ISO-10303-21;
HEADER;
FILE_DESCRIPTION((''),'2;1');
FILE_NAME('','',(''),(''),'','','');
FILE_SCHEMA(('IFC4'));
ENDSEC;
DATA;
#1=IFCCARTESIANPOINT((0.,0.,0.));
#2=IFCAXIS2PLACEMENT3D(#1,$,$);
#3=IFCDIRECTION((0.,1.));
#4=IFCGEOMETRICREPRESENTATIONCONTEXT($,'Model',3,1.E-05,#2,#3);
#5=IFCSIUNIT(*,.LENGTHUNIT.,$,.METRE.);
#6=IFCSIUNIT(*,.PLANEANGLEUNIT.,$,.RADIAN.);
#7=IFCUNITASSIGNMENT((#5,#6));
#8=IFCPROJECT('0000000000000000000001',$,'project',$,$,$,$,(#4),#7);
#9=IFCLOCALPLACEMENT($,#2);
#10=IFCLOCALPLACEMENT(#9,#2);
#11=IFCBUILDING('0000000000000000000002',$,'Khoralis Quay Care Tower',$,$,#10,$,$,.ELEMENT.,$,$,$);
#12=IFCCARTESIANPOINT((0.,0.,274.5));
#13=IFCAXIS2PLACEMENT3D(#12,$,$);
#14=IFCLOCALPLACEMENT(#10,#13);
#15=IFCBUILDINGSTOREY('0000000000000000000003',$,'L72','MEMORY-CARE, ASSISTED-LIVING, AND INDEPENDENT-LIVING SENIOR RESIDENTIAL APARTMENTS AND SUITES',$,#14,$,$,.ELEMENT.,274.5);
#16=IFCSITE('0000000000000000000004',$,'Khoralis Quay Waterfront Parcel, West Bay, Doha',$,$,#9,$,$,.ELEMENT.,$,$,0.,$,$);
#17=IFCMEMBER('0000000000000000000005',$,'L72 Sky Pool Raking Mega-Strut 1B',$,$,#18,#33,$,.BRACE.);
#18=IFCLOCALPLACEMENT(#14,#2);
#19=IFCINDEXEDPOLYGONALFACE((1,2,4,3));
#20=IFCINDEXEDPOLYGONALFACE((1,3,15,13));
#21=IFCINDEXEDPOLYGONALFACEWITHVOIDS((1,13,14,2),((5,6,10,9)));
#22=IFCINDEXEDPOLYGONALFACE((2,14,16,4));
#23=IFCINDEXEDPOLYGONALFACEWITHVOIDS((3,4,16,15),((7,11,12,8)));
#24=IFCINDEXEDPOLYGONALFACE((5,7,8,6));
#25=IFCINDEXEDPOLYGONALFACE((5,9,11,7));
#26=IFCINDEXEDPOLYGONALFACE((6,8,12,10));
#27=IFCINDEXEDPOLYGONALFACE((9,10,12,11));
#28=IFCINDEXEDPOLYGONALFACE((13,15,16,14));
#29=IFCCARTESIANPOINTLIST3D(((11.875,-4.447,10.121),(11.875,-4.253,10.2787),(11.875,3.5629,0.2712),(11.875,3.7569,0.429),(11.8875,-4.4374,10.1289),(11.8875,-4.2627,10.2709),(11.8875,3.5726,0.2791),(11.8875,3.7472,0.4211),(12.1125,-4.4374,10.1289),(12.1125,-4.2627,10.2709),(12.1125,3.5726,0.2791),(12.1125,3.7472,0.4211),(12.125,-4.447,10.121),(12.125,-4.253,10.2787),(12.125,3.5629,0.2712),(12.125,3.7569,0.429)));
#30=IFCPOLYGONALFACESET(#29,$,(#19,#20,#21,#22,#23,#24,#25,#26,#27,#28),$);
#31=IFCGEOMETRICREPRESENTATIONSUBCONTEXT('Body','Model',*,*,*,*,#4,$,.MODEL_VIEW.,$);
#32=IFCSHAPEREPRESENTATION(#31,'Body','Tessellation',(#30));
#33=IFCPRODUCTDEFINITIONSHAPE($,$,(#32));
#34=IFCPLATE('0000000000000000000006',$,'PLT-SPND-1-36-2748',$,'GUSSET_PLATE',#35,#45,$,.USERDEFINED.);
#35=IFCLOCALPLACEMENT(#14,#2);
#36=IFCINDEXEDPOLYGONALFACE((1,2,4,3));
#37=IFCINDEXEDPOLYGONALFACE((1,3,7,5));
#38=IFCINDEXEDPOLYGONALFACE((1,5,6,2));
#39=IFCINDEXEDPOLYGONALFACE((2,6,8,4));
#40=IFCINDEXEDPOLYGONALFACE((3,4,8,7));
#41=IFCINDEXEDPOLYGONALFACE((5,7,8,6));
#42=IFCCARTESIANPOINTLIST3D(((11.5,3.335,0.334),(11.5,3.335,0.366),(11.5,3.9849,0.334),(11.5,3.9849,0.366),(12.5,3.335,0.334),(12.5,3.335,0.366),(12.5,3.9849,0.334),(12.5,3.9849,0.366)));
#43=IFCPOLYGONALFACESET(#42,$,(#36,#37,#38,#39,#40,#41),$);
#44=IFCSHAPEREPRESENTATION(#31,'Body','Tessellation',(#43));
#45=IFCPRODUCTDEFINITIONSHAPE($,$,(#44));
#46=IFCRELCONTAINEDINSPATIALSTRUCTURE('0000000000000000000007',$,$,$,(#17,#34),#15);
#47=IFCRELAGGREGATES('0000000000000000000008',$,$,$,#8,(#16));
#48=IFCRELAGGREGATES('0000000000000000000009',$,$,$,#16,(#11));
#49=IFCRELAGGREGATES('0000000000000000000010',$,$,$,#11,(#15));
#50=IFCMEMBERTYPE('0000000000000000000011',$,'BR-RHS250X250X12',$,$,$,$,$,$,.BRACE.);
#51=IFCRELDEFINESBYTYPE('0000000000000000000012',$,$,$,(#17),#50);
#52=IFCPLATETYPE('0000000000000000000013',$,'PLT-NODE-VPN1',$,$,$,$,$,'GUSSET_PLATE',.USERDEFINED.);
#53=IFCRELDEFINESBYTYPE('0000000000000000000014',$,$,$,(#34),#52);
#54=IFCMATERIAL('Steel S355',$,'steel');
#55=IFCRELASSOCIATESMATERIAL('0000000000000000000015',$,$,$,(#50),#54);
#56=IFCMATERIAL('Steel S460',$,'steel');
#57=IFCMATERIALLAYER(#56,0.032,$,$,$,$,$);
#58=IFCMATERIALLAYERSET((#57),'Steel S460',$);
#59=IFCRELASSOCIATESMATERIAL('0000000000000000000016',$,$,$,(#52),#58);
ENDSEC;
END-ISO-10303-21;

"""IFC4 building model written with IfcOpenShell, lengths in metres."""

from ifc_helpers import new_model, si_unit, direction, frame, origin, origin_2d, place, context, subcontext, project, spatial, rectangle, hollow_rectangle, extrude, source, transform, mapped, material, layer, layer_set, material_profile, profile_set, type_object, element, save


model = new_model("IFC4")

# Units and contexts
model_context = context("Model", 3, precision=1e-05, world=origin(), true_north=direction((0.0, 1.0)))
body_context = subcontext(model_context, "Body", "Model", "MODEL_VIEW")
ifc_project = project(units=[si_unit("LENGTHUNIT", "METRE"), si_unit("PLANEANGLEUNIT", "RADIAN")], contexts=[model_context])

# Site, building, storey
site_placement = place(None, origin())
site = spatial("IfcSite", under=ifc_project, at=site_placement, Name="Khoralis Quay Waterfront Parcel, West Bay, Doha", CompositionType="ELEMENT", RefElevation=0.0)
building_placement = place(site_placement, origin())
building = spatial("IfcBuilding", under=site, at=building_placement, Name="Khoralis Quay Care Tower", CompositionType="ELEMENT")
storey_placement = place(building_placement, frame((0.0, 0.0, 274.5)))
storey = spatial("IfcBuildingStorey", under=building, at=storey_placement, Name="L72", Description="MEMORY-CARE, ASSISTED-LIVING, AND INDEPENDENT-LIVING SENIOR RESIDENTIAL APARTMENTS AND SUITES", CompositionType="ELEMENT", Elevation=274.5)

# Member
ifc_material_1 = material(Name="Steel S355", Category="steel")
ifc_material_profile = material_profile(ifc_material_1, hollow_rectangle(XDim=0.25, YDim=0.25, WallThickness=0.0125, at=origin_2d()), Name="Steel S355")
ifc_profile_set = profile_set([ifc_material_profile], Name="Steel S355")
member_type = type_object("IfcMemberType", Name="BR-RHS250X250X12", PredefinedType="BRACE", material=ifc_profile_set)
shared_shape_1 = source(origin(), body_context, "Body", "SweptSolid", [
    extrude(hollow_rectangle(XDim=0.25, YDim=0.25, WallThickness=0.0125, at=origin_2d()), origin(), (0.0, 0.0, 1.0), 12.6956),
])
member_placement = place(storey_placement, frame((12.0, 3.6599, 0.3501), z_axis=(0.0, -0.630925, 0.775844), x_axis=(1.0, 0.0, 0.0)))
element("IfcMember", 1, at=member_placement, inside=storey, type_object=member_type, Name="L72 Sky Pool Raking Mega-Strut 1B", PredefinedType="BRACE", context=body_context, shape_type="MappedRepresentation", body=[
    mapped(shared_shape_1, transform((0.0, 0.0, 0.0), scale=1.0)),
])

# Plate
ifc_material_2 = material(Name="Steel S460", Category="steel")
ifc_layer_1 = layer(ifc_material_2, 0.032)
ifc_layer_set_1 = layer_set([ifc_layer_1], Name="Steel S460")
plate_type = type_object("IfcPlateType", Name="PLT-NODE-VPN1", ElementType="GUSSET_PLATE", PredefinedType="USERDEFINED", material=ifc_layer_set_1)
shared_shape_2 = source(origin(), body_context, "Body", "SweptSolid", [
    extrude(rectangle(XDim=1.0, YDim=0.6499, at=origin_2d()), origin(), (0.0, 0.0, 1.0), 0.032),
])
plate_placement = place(storey_placement, frame((12.0, 3.6599, 0.334), z_axis=(0.0, 0.0, 1.0), x_axis=(1.0, 0.0, 0.0)))
element("IfcPlate", 2, at=plate_placement, inside=storey, type_object=plate_type, Name="PLT-SPND-1-36-2748", ObjectType="GUSSET_PLATE", PredefinedType="USERDEFINED", context=body_context, shape_type="MappedRepresentation", body=[
    mapped(shared_shape_2, transform((0.0, 0.0, 0.0), scale=1.0)),
])

save(model, "model.ifc")
